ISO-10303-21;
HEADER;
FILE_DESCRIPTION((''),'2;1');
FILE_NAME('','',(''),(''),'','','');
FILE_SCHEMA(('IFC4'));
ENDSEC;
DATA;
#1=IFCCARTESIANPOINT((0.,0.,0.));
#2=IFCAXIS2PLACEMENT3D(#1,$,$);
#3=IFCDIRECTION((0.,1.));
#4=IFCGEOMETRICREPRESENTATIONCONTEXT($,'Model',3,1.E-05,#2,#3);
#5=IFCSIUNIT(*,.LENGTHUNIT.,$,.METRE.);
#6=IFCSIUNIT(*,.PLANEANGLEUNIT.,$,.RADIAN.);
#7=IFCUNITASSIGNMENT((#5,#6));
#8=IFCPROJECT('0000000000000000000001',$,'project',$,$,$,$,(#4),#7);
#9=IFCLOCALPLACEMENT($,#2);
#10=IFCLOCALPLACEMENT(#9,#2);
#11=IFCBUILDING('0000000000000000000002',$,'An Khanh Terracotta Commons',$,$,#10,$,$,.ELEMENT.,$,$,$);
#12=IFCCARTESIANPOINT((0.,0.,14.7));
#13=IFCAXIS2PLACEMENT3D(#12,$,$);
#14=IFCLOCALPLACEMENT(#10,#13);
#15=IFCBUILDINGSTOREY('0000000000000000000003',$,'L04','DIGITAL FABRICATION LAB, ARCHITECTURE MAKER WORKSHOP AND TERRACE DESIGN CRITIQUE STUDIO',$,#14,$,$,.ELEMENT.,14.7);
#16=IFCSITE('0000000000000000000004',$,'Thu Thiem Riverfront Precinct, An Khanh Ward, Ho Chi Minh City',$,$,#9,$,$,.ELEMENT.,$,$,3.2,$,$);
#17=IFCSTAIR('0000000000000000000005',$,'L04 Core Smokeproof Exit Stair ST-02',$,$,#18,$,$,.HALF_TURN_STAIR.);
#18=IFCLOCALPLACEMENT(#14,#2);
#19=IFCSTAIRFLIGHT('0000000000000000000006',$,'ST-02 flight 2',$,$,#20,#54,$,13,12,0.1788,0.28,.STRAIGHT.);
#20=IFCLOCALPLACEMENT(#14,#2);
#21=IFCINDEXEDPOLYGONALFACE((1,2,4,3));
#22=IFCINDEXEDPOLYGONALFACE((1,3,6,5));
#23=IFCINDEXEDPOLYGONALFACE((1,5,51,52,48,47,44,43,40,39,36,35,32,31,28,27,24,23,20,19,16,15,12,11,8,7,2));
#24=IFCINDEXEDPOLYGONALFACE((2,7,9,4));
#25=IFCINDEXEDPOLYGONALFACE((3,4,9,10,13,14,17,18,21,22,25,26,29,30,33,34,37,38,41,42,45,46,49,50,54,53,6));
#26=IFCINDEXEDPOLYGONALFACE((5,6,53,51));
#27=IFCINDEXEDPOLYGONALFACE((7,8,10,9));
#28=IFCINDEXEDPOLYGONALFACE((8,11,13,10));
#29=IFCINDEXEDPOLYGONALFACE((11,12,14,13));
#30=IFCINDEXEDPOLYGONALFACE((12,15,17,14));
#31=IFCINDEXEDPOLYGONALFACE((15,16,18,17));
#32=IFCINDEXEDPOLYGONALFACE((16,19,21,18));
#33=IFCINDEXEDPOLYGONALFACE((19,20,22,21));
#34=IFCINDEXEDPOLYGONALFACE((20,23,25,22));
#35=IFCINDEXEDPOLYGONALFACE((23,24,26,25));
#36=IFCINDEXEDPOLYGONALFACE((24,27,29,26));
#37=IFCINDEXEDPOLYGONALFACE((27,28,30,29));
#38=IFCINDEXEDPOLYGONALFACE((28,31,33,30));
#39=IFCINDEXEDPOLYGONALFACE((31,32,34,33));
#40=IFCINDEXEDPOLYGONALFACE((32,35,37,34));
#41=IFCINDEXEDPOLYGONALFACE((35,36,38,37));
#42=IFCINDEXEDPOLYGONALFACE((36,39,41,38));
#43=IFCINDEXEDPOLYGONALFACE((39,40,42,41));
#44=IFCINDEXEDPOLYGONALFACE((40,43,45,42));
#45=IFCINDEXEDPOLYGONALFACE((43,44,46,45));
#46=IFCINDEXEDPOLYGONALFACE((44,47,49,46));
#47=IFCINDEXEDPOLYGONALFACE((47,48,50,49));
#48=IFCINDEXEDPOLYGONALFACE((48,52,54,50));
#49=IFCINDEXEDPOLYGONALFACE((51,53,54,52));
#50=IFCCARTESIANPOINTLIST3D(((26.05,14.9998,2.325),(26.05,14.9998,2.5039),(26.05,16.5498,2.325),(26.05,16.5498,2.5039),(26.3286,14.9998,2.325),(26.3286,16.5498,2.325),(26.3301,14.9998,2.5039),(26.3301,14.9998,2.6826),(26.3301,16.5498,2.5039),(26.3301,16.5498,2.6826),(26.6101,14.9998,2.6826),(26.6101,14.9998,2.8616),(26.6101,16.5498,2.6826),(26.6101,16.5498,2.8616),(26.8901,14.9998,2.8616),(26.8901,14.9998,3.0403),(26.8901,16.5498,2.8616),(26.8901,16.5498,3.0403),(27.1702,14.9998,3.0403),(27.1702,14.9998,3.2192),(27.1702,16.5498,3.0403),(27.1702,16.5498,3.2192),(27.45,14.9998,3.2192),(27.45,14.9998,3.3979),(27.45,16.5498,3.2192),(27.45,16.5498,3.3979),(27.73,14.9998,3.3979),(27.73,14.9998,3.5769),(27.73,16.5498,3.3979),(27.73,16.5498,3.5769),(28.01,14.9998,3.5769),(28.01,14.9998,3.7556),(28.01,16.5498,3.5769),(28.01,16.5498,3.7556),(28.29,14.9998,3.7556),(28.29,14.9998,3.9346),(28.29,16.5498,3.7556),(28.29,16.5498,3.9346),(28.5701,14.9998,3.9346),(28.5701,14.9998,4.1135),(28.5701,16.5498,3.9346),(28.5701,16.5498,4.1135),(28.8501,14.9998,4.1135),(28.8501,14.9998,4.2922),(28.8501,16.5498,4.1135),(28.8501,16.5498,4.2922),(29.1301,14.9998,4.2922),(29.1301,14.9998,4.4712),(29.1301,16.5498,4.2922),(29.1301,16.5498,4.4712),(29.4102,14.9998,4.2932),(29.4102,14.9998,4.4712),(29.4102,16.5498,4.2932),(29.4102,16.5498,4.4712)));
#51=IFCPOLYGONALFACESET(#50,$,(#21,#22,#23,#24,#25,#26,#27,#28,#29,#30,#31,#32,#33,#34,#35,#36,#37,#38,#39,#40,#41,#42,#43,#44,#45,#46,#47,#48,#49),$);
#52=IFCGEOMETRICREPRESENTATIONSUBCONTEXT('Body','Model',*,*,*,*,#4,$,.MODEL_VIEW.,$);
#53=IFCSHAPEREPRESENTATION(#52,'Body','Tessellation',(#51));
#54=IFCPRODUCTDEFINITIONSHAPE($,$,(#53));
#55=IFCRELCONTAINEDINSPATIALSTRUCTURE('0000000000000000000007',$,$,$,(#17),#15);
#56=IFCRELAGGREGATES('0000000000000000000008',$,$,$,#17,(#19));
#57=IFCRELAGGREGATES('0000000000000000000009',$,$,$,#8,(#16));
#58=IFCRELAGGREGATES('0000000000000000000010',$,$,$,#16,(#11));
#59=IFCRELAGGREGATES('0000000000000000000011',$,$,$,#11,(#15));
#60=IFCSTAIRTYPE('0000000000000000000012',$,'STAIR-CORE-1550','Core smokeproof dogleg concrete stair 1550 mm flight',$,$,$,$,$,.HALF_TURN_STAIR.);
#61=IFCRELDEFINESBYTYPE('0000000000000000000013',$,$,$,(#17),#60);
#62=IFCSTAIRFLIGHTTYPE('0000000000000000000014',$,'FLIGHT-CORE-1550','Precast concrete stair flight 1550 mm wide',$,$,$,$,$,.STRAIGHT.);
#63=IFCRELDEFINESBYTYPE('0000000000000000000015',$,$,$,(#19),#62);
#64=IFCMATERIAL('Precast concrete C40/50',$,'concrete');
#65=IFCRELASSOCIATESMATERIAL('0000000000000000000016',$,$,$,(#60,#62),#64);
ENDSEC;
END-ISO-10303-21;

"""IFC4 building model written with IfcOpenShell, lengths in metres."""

from ifc_helpers import new_model, si_unit, direction, frame, origin, place, context, subcontext, project, spatial, polyline, outline, extrude, material, type_object, element, aggregate, save


model = new_model("IFC4")

# Units and contexts
model_context = context("Model", 3, precision=1e-05, world=origin(), true_north=direction((0.0, 1.0)))
body_context = subcontext(model_context, "Body", "Model", "MODEL_VIEW")
ifc_project = project(units=[si_unit("LENGTHUNIT", "METRE"), si_unit("PLANEANGLEUNIT", "RADIAN")], contexts=[model_context])

# Site, building, storey
site_placement = place(None, origin())
site = spatial("IfcSite", under=ifc_project, at=site_placement, Name="Thu Thiem Riverfront Precinct, An Khanh Ward, Ho Chi Minh City", CompositionType="ELEMENT", RefElevation=3.2)
building_placement = place(site_placement, origin())
building = spatial("IfcBuilding", under=site, at=building_placement, Name="An Khanh Terracotta Commons", CompositionType="ELEMENT")
storey_placement = place(building_placement, frame((0.0, 0.0, 14.7)))
storey = spatial("IfcBuildingStorey", under=building, at=storey_placement, Name="L04", Description="DIGITAL FABRICATION LAB, ARCHITECTURE MAKER WORKSHOP AND TERRACE DESIGN CRITIQUE STUDIO", CompositionType="ELEMENT", Elevation=14.7)

# Stair, stair flight
ifc_material_1 = material(Name="Precast concrete C40/50", Category="concrete")
stair_type = type_object("IfcStairType", Name="STAIR-CORE-1550", Description="Core smokeproof dogleg concrete stair 1550 mm flight", PredefinedType="HALF_TURN_STAIR", material=ifc_material_1)
stair_placement = place(storey_placement, origin())
stair = element("IfcStair", 1, at=stair_placement, inside=storey, type_object=stair_type, Name="L04 Core Smokeproof Exit Stair ST-02", PredefinedType="HALF_TURN_STAIR")
stair_flight_type = type_object("IfcStairFlightType", Name="FLIGHT-CORE-1550", Description="Precast concrete stair flight 1550 mm wide", PredefinedType="STRAIGHT", material=ifc_material_1)
stair_flight_placement = place(storey_placement, frame((26.05, 15.7749, 2.325), z_axis=(0.0, 0.0, 1.0), x_axis=(1.0, 0.0, 0.0)))
stair_flight = element("IfcStairFlight", 2, at=stair_flight_placement, type_object=stair_flight_type, Name="ST-02 flight 2", NumberOfRisers=13, NumberOfTreads=12, PredefinedType="STRAIGHT", RiserHeight=0.1788, TreadLength=0.28, context=body_context, shape_type="SweptSolid", body=[
    extrude(outline(polyline([(0.0, 0.0), (0.0, 0.179), (0.28, 0.179), (0.28, 0.3577), (0.5601, 0.3577), (0.5601, 0.5366), (0.8401, 0.5366), (0.8401, 0.7153), (1.1201, 0.7153), (1.1201, 0.8943), (1.3999, 0.8943), (1.3999, 1.073), (1.6799, 1.073), (1.6799, 1.252), (1.96, 1.252), (1.96, 1.4307), (2.24, 1.4307), (2.24, 1.6096), (2.52, 1.6096), (2.52, 1.7886), (2.8, 1.7886), (2.8, 1.9673), (3.0801, 1.9673), (3.0801, 2.1462), (3.3601, 2.1462), (3.3601, 2.325), (3.3601, 1.9683), (0.2786, 0.0), (0.0, 0.0)])), frame((0.0, 0.7749, 0.0), z_axis=(0.0, -1.0, 0.0), x_axis=(1.0, 0.0, 0.0)), (0.0, 0.0, 1.0), 1.55),
])
aggregate(stair, [stair_flight])

save(model, "model.ifc")
